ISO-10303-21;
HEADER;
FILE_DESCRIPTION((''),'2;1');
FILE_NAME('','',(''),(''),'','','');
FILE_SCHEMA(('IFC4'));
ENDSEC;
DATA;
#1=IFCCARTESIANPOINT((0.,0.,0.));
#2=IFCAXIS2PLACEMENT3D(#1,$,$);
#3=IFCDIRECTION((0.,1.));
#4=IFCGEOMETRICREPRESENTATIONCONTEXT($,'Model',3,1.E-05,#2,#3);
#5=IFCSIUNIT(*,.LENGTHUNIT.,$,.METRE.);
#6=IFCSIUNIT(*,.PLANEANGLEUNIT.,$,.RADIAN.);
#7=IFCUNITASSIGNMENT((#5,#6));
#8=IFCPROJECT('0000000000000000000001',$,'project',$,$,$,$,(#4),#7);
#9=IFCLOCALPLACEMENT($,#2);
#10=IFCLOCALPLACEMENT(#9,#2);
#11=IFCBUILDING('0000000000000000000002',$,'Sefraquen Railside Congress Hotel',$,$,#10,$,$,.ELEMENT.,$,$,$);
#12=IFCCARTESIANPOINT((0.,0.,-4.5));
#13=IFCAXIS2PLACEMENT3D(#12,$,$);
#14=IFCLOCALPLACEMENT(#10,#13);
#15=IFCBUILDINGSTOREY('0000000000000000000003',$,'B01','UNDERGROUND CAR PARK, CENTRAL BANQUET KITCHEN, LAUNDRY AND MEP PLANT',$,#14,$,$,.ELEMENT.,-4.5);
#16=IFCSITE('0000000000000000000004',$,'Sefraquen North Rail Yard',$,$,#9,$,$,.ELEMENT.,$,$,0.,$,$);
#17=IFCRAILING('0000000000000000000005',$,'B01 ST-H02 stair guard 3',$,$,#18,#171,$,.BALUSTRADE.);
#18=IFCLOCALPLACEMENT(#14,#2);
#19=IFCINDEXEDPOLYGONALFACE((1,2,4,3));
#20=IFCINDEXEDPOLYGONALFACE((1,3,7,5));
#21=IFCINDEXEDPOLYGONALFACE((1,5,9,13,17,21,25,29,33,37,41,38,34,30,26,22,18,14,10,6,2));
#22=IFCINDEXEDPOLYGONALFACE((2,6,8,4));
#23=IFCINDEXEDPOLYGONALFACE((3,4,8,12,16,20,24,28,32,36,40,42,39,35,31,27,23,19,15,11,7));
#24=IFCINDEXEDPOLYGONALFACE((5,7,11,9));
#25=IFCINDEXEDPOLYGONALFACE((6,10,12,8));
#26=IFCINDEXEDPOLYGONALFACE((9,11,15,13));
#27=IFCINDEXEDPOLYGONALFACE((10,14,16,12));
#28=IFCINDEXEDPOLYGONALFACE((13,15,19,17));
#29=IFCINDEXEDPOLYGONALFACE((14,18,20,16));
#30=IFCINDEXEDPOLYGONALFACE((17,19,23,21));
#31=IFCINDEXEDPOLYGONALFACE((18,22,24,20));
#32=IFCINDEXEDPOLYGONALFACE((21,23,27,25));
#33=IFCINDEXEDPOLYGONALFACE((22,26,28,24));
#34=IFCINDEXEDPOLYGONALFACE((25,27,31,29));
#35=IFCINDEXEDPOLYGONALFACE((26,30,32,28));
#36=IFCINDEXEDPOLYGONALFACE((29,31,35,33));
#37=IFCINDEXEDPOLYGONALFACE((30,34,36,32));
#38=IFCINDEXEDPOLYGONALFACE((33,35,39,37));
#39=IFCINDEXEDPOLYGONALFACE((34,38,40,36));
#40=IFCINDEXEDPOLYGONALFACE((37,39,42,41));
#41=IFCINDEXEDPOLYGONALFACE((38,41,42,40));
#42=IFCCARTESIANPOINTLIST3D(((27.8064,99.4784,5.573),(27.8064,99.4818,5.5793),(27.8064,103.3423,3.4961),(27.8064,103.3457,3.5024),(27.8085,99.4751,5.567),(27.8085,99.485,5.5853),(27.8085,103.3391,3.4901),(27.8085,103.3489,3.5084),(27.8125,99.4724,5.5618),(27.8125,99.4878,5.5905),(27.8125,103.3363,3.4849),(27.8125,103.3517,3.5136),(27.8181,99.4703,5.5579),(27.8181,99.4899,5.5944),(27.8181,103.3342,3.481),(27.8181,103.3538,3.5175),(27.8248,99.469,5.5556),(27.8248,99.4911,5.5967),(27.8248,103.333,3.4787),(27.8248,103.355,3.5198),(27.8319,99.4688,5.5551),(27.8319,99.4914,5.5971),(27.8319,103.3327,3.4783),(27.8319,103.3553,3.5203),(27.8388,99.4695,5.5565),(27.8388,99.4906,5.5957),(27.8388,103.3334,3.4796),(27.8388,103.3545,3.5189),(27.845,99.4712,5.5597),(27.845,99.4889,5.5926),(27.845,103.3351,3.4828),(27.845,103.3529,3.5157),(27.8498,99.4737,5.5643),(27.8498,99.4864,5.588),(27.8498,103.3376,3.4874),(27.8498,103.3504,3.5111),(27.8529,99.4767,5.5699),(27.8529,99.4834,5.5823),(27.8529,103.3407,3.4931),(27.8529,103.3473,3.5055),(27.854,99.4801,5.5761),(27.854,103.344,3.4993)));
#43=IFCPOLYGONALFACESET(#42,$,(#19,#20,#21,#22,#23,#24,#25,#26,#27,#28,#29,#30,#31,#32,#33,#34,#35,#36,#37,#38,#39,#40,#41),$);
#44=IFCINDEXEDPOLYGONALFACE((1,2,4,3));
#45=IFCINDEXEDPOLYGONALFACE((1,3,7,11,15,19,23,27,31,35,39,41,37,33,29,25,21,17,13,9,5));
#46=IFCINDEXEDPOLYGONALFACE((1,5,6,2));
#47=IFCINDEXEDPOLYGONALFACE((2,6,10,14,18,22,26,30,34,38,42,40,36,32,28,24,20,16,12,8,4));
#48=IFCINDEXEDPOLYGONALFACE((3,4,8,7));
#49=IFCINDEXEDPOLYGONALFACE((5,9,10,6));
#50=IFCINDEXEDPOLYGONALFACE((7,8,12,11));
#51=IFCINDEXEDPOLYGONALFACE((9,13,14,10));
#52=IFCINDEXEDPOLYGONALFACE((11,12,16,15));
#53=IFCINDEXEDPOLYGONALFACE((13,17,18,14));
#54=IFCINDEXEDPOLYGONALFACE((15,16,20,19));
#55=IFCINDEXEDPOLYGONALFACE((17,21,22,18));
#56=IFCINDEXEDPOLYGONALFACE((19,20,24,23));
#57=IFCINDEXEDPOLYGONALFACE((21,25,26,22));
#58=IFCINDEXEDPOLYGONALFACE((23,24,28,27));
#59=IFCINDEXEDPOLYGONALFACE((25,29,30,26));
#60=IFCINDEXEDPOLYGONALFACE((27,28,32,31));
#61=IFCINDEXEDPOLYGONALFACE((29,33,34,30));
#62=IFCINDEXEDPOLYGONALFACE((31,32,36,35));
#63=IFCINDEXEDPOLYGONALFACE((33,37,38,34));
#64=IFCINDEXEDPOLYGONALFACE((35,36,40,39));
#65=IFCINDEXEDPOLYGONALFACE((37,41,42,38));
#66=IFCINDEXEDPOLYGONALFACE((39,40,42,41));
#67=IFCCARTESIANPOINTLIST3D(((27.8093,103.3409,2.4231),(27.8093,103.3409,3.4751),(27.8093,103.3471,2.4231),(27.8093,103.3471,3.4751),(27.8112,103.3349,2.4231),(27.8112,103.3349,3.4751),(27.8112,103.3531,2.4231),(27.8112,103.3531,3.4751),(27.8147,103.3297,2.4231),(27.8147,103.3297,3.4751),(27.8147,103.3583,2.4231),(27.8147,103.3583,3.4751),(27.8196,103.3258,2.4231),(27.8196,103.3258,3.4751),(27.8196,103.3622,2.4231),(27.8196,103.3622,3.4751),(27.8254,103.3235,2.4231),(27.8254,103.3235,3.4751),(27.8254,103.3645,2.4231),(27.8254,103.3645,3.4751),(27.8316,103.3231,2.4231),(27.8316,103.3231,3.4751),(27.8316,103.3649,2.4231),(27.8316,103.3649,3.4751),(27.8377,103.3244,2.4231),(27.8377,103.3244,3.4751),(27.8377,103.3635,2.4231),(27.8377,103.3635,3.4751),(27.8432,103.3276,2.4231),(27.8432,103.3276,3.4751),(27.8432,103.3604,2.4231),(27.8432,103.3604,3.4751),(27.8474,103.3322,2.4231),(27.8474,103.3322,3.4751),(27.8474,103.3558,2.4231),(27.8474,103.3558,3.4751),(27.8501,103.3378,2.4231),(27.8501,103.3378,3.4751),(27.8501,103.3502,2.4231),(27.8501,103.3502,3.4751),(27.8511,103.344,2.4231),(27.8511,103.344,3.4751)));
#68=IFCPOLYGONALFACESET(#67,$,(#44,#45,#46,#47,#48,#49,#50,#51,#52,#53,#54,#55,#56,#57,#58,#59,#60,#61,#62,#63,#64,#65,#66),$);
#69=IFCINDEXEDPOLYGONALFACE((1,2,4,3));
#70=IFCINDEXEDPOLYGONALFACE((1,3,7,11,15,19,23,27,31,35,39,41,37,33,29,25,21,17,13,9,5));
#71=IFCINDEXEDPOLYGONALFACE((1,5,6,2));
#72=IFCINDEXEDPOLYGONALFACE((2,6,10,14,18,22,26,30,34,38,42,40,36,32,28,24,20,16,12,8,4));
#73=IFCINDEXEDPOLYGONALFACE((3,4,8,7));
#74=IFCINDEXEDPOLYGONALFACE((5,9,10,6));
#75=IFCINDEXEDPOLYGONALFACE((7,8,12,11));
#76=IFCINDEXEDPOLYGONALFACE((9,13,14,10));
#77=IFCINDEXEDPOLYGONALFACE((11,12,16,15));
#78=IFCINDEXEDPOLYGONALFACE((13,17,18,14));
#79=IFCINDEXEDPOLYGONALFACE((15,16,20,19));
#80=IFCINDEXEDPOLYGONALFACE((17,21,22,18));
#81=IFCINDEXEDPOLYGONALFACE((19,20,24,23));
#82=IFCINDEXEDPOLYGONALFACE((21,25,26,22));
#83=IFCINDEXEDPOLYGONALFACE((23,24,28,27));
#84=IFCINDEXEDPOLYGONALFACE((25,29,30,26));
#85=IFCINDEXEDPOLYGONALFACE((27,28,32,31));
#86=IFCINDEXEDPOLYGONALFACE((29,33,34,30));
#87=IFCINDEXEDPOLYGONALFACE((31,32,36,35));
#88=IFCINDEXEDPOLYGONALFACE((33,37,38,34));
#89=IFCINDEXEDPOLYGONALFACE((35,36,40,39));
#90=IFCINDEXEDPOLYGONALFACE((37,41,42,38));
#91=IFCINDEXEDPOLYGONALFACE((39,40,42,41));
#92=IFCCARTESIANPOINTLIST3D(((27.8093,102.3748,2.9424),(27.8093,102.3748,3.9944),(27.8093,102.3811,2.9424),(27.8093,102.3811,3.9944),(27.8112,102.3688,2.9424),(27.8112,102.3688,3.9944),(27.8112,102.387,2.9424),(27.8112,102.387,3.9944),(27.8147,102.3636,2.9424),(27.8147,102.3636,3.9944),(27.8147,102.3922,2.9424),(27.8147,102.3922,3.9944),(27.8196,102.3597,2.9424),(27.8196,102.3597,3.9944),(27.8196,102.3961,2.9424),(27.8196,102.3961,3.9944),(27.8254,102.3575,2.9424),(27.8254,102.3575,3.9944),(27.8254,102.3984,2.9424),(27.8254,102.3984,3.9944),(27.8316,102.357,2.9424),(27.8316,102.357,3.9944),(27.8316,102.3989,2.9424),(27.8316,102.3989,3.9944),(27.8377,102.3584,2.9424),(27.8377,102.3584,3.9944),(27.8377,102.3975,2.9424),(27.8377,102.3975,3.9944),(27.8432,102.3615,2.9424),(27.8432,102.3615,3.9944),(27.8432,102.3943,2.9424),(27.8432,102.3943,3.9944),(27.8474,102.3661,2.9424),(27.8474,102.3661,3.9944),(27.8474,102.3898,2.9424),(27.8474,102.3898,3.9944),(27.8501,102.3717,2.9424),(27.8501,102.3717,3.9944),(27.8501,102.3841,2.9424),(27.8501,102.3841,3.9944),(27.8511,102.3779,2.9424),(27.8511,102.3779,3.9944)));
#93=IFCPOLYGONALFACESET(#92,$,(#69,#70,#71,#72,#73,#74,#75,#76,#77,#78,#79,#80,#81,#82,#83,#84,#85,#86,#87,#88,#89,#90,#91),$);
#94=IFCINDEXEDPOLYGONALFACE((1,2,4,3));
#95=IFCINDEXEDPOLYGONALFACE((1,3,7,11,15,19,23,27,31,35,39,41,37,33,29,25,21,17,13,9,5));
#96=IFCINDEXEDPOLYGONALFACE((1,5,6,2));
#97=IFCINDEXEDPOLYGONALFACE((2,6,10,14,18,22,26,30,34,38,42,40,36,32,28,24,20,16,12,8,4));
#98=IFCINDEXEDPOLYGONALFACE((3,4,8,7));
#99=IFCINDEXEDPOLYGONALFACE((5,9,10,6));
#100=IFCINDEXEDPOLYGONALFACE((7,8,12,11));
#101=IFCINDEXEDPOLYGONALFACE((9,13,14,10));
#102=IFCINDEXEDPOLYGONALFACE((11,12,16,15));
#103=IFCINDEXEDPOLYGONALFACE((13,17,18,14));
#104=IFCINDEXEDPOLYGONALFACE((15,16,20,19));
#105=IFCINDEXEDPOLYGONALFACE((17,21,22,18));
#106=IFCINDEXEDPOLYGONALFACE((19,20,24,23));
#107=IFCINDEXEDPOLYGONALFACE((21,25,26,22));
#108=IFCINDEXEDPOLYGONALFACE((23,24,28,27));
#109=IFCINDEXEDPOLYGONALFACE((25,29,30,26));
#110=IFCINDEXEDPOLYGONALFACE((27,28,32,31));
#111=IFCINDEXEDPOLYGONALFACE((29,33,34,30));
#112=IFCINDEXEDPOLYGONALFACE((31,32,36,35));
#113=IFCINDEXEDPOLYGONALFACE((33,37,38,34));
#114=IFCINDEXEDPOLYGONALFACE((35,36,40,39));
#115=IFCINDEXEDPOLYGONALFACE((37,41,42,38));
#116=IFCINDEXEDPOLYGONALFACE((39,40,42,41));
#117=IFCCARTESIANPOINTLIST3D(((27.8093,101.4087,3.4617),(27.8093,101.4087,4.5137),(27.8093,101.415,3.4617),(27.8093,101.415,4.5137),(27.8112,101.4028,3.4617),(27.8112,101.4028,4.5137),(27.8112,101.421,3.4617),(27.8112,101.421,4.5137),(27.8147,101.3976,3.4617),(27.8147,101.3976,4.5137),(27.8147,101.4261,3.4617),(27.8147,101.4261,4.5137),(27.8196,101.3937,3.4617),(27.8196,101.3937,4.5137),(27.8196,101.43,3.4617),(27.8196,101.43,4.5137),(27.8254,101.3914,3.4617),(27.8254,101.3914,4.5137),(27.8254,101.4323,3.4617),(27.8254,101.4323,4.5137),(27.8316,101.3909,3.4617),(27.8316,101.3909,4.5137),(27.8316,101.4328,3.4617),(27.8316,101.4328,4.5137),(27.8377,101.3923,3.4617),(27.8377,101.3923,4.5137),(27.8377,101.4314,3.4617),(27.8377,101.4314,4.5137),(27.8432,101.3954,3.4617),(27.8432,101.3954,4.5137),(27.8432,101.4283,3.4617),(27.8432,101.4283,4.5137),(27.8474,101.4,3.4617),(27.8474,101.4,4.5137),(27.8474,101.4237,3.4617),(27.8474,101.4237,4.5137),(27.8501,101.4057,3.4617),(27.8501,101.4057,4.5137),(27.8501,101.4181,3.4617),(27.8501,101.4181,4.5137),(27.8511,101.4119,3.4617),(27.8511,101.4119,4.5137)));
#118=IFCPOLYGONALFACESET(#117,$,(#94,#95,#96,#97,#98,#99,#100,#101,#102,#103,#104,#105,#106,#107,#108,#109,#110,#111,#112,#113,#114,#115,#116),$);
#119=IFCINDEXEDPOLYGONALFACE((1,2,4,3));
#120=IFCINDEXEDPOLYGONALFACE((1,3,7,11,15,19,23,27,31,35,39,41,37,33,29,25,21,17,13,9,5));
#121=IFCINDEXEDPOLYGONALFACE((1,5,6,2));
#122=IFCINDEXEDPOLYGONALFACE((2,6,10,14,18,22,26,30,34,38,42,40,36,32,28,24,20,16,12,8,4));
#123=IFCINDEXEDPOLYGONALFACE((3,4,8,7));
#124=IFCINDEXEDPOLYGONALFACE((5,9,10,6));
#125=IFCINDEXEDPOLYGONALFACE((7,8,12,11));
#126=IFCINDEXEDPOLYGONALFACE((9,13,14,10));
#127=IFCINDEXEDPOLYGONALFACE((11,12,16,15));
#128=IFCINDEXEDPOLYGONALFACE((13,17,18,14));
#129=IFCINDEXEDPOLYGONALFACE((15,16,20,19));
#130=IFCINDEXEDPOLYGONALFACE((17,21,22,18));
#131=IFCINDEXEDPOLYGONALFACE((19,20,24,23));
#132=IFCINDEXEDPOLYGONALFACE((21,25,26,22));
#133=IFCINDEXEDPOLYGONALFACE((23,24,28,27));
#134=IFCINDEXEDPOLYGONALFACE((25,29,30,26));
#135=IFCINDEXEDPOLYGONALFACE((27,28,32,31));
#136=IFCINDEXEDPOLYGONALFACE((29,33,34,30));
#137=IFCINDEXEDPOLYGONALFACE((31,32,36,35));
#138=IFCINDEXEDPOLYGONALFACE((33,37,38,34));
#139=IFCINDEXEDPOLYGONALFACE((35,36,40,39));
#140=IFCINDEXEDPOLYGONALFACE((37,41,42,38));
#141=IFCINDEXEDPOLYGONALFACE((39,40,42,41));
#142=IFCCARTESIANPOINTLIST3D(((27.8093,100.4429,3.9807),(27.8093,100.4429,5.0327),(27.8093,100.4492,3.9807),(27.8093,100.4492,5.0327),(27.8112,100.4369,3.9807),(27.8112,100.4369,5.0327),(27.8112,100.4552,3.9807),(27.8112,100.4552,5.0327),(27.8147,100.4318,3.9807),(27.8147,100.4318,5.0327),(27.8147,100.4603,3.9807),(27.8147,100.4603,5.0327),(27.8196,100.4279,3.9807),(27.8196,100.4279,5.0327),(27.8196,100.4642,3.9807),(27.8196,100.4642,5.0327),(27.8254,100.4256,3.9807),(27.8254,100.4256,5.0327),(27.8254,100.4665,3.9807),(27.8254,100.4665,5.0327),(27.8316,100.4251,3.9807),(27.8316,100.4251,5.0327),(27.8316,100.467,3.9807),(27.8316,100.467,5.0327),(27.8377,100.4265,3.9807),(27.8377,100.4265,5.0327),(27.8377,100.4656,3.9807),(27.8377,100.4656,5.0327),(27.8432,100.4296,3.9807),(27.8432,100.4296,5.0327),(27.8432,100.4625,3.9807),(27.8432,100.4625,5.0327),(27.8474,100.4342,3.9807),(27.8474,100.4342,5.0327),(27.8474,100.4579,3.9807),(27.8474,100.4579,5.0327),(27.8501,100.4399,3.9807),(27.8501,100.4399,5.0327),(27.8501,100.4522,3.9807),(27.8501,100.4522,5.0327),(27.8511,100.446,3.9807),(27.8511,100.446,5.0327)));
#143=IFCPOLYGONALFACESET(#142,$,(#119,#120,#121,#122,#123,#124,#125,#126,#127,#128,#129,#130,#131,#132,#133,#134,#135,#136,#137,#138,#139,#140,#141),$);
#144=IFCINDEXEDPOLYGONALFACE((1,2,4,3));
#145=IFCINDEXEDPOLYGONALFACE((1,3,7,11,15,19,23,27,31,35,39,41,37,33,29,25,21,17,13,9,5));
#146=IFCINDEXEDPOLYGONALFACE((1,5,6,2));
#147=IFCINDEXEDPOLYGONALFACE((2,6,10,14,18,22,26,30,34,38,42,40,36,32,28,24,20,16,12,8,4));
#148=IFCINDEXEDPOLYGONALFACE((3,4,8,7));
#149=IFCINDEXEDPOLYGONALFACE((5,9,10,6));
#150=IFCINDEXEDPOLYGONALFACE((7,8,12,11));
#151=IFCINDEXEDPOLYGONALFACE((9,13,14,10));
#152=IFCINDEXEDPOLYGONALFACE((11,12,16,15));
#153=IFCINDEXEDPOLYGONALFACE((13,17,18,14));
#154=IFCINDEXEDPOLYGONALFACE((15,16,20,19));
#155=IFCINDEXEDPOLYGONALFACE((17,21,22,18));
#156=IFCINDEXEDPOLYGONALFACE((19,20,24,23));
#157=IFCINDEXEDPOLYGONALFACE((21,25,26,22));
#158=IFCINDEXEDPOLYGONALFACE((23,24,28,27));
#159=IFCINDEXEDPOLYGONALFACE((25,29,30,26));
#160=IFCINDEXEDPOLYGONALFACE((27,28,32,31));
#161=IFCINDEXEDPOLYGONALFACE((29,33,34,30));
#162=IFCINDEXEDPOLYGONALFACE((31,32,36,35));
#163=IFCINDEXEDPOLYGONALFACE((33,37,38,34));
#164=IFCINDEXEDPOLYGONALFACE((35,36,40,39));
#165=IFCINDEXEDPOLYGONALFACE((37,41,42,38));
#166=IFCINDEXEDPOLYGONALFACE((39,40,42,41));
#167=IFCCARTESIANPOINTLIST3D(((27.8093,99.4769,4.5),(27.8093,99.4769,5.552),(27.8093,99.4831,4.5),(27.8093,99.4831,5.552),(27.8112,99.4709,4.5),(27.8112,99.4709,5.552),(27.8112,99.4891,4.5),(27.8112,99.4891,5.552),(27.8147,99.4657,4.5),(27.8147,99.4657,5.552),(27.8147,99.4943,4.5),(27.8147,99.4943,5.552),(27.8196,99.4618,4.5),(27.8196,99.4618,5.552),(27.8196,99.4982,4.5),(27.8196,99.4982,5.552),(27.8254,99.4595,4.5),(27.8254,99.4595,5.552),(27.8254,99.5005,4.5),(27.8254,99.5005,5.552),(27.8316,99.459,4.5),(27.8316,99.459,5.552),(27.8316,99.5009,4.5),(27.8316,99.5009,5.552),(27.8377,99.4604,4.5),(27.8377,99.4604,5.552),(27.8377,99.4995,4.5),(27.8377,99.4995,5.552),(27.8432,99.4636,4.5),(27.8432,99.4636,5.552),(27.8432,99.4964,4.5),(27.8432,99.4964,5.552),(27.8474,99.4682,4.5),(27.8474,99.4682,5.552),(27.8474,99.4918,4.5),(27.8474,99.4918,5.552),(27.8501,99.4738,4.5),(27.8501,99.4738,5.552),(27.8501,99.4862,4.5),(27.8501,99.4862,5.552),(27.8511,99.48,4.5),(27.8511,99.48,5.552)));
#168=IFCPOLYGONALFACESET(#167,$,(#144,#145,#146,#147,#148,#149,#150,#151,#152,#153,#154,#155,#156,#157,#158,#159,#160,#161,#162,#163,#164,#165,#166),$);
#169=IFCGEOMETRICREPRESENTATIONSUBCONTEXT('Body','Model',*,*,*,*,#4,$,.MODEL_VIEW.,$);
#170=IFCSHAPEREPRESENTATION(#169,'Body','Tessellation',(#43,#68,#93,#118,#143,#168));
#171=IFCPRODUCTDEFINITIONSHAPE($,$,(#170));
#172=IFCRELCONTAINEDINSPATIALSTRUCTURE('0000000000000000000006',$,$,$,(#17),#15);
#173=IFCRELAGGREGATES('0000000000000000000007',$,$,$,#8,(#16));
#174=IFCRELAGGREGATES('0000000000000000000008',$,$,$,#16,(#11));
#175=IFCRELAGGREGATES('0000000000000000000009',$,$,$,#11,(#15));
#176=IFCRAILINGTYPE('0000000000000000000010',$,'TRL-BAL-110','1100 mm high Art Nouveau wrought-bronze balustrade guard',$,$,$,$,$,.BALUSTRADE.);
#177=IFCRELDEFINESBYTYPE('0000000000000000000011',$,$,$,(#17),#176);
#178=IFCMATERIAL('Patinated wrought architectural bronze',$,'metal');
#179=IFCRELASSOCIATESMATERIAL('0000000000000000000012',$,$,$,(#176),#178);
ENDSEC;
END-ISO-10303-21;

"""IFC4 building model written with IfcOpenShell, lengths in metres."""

from ifc_helpers import new_model, si_unit, direction, frame, origin, origin_2d, place, context, subcontext, project, spatial, circle, extrude, material, type_object, element, save


model = new_model("IFC4")

# Units and contexts
model_context = context("Model", 3, precision=1e-05, world=origin(), true_north=direction((0.0, 1.0)))
body_context = subcontext(model_context, "Body", "Model", "MODEL_VIEW")
ifc_project = project(units=[si_unit("LENGTHUNIT", "METRE"), si_unit("PLANEANGLEUNIT", "RADIAN")], contexts=[model_context])

# Site, building, storey
site_placement = place(None, origin())
site = spatial("IfcSite", under=ifc_project, at=site_placement, Name="Sefraquen North Rail Yard", CompositionType="ELEMENT", RefElevation=0.0)
building_placement = place(site_placement, origin())
building = spatial("IfcBuilding", under=site, at=building_placement, Name="Sefraquen Railside Congress Hotel", CompositionType="ELEMENT")
storey_placement = place(building_placement, frame((0.0, 0.0, -4.5)))
storey = spatial("IfcBuildingStorey", under=building, at=storey_placement, Name="B01", Description="UNDERGROUND CAR PARK, CENTRAL BANQUET KITCHEN, LAUNDRY AND MEP PLANT", CompositionType="ELEMENT", Elevation=-4.5)

# Railing
ifc_material_1 = material(Name="Patinated wrought architectural bronze", Category="metal")
railing_type_1 = type_object("IfcRailingType", Name="TRL-BAL-110", Description="1100 mm high Art Nouveau wrought-bronze balustrade guard", PredefinedType="BALUSTRADE", material=ifc_material_1)
railing_1_placement = place(storey_placement, frame((27.8301, 103.344, 2.4231)))
element("IfcRailing", 1, at=railing_1_placement, inside=storey, type_object=railing_type_1, Name="B01 ST-H02 stair guard 3", PredefinedType="BALUSTRADE", context=body_context, shape_type="SweptSolid", body=[
    extrude(circle(Radius=0.0239, at=origin_2d()), frame((0.0, 0.0, 1.0762), z_axis=(0.0, -0.880825, 0.473443), x_axis=(1.0, 0.0, 0.0)), (0.0, 0.0, 1.0), 4.3867),
    extrude(circle(Radius=0.021, at=origin_2d()), origin(), (0.0, 0.0, 1.0), 1.052),
    extrude(circle(Radius=0.021, at=origin_2d()), frame((0.0, -0.9661, 0.5193)), (0.0, 0.0, 1.0), 1.052),
    extrude(circle(Radius=0.021, at=origin_2d()), frame((0.0, -1.9321, 1.0386)), (0.0, 0.0, 1.0), 1.052),
    extrude(circle(Radius=0.021, at=origin_2d()), frame((0.0, -2.8979, 1.5576)), (0.0, 0.0, 1.0), 1.052),
    extrude(circle(Radius=0.021, at=origin_2d()), frame((0.0, -3.864, 2.0769)), (0.0, 0.0, 1.0), 1.052),
])

save(model, "model.ifc")
